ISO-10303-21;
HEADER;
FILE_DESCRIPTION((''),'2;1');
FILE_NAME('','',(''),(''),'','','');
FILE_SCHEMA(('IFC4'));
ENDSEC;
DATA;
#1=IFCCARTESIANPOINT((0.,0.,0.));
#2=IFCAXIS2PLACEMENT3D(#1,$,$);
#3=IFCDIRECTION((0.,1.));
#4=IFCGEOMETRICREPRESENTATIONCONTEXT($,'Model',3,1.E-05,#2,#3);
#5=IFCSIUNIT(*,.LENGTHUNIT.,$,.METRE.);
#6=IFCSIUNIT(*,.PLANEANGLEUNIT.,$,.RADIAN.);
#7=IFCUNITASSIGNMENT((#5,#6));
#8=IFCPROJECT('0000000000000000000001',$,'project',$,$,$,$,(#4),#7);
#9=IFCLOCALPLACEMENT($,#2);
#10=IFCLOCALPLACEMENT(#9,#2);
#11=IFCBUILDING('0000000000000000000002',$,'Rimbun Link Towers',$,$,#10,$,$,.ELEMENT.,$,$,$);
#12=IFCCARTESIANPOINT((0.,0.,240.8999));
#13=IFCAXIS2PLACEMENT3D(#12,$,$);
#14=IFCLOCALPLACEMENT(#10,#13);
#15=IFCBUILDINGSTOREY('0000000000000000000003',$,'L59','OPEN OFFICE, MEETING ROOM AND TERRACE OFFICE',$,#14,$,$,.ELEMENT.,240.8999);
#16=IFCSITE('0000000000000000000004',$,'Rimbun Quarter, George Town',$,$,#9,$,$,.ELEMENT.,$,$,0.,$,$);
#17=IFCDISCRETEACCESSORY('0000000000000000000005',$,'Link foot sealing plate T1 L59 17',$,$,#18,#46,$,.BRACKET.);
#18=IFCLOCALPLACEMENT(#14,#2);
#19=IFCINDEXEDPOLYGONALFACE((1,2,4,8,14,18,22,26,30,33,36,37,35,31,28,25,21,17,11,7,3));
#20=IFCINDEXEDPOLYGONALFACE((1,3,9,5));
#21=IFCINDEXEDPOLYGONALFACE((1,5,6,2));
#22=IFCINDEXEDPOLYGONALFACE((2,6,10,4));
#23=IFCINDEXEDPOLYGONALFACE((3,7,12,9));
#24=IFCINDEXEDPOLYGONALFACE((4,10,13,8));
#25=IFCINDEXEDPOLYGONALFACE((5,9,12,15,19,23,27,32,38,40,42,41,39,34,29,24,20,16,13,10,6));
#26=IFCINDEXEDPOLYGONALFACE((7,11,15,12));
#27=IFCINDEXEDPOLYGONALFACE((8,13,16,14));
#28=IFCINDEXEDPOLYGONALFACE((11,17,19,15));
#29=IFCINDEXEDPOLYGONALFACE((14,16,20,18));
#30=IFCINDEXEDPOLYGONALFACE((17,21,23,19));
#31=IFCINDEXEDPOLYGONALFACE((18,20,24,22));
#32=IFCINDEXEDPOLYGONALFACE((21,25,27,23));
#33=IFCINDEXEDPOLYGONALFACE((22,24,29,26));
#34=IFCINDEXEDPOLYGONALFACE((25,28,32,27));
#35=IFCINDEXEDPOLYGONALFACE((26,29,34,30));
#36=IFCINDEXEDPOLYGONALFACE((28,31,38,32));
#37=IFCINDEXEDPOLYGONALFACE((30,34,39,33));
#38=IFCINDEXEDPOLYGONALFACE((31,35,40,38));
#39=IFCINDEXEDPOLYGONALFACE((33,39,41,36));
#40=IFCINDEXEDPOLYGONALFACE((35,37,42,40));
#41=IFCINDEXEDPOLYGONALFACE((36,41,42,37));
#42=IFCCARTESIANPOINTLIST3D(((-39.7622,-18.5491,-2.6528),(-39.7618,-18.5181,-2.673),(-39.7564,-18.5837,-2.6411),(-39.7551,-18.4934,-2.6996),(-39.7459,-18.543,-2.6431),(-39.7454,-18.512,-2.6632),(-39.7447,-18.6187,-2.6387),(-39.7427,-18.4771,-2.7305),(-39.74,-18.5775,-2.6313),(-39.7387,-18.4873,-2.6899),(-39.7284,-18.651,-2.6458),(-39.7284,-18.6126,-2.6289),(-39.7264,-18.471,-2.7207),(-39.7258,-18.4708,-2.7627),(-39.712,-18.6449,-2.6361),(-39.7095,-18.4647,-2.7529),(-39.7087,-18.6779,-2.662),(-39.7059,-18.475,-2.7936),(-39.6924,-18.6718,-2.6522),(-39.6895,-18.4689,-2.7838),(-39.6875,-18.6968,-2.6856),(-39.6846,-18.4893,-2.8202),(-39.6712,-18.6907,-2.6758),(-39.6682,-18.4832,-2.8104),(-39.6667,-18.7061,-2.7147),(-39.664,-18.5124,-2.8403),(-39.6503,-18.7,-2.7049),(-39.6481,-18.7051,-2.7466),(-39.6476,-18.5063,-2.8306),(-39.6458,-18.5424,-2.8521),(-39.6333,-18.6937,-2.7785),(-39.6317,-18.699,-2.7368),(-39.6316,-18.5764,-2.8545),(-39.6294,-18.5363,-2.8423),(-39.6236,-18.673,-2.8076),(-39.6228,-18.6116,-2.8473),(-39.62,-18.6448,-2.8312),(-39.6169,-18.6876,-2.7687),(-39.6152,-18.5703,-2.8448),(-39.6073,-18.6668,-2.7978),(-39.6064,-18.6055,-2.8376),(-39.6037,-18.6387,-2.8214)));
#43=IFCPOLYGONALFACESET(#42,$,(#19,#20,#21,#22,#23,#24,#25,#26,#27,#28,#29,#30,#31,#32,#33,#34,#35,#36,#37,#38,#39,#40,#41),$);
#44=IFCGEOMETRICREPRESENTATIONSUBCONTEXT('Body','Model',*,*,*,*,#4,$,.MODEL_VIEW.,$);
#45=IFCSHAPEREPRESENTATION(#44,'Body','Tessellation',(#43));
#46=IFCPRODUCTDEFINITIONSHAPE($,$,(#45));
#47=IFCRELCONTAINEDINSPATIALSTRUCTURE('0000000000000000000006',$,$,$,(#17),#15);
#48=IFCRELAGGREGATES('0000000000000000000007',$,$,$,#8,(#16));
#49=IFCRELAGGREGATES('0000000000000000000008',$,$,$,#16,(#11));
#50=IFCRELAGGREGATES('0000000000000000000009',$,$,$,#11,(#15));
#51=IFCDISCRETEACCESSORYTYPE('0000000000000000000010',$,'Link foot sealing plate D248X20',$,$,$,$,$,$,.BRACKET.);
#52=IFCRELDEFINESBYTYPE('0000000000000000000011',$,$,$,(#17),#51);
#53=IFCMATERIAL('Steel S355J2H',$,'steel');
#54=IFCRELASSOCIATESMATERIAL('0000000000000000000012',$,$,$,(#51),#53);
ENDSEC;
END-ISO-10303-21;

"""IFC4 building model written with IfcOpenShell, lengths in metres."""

from ifc_helpers import new_model, si_unit, direction, frame, origin, origin_2d, place, context, subcontext, project, spatial, circle, extrude, material, material_profile, profile_set, type_object, element, save


model = new_model("IFC4")

# Units and contexts
model_context = context("Model", 3, precision=1e-05, world=origin(), true_north=direction((0.0, 1.0)))
body_context = subcontext(model_context, "Body", "Model", "MODEL_VIEW")
ifc_project = project(units=[si_unit("LENGTHUNIT", "METRE"), si_unit("PLANEANGLEUNIT", "RADIAN")], contexts=[model_context])

# Site, building, storey
site_placement = place(None, origin())
site = spatial("IfcSite", under=ifc_project, at=site_placement, Name="Rimbun Quarter, George Town", CompositionType="ELEMENT", RefElevation=0.0)
building_placement = place(site_placement, origin())
building = spatial("IfcBuilding", under=site, at=building_placement, Name="Rimbun Link Towers", CompositionType="ELEMENT")
storey_placement = place(building_placement, frame((0.0, 0.0, 240.8999)))
storey = spatial("IfcBuildingStorey", under=building, at=storey_placement, Name="L59", Description="OPEN OFFICE, MEETING ROOM AND TERRACE OFFICE", CompositionType="ELEMENT", Elevation=240.8999)

# Discrete accessory
ifc_material_1 = material(Name="Steel S355J2H", Category="steel")
ifc_material_profile_1 = material_profile(ifc_material_1, circle(Radius=0.124, at=origin_2d()), Name="PL D248")
ifc_profile_set_1 = profile_set([ifc_material_profile_1], Name="Steel S355J2H")
discrete_accessory_type = type_object("IfcDiscreteAccessoryType", Name="Link foot sealing plate D248X20", PredefinedType="BRACKET", material=ifc_profile_set_1)
discrete_accessory_1_placement = place(storey_placement, frame((-39.675, -18.5828, -2.7368), z_axis=(-0.817681, -0.305105, -0.488168), x_axis=(0.349591, -0.936903, 0.0)))
element("IfcDiscreteAccessory", 1, at=discrete_accessory_1_placement, inside=storey, type_object=discrete_accessory_type, Name="Link foot sealing plate T1 L59 17", PredefinedType="BRACKET", context=body_context, shape_type="SweptSolid", body=[
    extrude(circle(Radius=0.124, at=origin_2d()), origin(), (0.0, 0.0, 1.0), 0.02),
])

save(model, "model.ifc")
